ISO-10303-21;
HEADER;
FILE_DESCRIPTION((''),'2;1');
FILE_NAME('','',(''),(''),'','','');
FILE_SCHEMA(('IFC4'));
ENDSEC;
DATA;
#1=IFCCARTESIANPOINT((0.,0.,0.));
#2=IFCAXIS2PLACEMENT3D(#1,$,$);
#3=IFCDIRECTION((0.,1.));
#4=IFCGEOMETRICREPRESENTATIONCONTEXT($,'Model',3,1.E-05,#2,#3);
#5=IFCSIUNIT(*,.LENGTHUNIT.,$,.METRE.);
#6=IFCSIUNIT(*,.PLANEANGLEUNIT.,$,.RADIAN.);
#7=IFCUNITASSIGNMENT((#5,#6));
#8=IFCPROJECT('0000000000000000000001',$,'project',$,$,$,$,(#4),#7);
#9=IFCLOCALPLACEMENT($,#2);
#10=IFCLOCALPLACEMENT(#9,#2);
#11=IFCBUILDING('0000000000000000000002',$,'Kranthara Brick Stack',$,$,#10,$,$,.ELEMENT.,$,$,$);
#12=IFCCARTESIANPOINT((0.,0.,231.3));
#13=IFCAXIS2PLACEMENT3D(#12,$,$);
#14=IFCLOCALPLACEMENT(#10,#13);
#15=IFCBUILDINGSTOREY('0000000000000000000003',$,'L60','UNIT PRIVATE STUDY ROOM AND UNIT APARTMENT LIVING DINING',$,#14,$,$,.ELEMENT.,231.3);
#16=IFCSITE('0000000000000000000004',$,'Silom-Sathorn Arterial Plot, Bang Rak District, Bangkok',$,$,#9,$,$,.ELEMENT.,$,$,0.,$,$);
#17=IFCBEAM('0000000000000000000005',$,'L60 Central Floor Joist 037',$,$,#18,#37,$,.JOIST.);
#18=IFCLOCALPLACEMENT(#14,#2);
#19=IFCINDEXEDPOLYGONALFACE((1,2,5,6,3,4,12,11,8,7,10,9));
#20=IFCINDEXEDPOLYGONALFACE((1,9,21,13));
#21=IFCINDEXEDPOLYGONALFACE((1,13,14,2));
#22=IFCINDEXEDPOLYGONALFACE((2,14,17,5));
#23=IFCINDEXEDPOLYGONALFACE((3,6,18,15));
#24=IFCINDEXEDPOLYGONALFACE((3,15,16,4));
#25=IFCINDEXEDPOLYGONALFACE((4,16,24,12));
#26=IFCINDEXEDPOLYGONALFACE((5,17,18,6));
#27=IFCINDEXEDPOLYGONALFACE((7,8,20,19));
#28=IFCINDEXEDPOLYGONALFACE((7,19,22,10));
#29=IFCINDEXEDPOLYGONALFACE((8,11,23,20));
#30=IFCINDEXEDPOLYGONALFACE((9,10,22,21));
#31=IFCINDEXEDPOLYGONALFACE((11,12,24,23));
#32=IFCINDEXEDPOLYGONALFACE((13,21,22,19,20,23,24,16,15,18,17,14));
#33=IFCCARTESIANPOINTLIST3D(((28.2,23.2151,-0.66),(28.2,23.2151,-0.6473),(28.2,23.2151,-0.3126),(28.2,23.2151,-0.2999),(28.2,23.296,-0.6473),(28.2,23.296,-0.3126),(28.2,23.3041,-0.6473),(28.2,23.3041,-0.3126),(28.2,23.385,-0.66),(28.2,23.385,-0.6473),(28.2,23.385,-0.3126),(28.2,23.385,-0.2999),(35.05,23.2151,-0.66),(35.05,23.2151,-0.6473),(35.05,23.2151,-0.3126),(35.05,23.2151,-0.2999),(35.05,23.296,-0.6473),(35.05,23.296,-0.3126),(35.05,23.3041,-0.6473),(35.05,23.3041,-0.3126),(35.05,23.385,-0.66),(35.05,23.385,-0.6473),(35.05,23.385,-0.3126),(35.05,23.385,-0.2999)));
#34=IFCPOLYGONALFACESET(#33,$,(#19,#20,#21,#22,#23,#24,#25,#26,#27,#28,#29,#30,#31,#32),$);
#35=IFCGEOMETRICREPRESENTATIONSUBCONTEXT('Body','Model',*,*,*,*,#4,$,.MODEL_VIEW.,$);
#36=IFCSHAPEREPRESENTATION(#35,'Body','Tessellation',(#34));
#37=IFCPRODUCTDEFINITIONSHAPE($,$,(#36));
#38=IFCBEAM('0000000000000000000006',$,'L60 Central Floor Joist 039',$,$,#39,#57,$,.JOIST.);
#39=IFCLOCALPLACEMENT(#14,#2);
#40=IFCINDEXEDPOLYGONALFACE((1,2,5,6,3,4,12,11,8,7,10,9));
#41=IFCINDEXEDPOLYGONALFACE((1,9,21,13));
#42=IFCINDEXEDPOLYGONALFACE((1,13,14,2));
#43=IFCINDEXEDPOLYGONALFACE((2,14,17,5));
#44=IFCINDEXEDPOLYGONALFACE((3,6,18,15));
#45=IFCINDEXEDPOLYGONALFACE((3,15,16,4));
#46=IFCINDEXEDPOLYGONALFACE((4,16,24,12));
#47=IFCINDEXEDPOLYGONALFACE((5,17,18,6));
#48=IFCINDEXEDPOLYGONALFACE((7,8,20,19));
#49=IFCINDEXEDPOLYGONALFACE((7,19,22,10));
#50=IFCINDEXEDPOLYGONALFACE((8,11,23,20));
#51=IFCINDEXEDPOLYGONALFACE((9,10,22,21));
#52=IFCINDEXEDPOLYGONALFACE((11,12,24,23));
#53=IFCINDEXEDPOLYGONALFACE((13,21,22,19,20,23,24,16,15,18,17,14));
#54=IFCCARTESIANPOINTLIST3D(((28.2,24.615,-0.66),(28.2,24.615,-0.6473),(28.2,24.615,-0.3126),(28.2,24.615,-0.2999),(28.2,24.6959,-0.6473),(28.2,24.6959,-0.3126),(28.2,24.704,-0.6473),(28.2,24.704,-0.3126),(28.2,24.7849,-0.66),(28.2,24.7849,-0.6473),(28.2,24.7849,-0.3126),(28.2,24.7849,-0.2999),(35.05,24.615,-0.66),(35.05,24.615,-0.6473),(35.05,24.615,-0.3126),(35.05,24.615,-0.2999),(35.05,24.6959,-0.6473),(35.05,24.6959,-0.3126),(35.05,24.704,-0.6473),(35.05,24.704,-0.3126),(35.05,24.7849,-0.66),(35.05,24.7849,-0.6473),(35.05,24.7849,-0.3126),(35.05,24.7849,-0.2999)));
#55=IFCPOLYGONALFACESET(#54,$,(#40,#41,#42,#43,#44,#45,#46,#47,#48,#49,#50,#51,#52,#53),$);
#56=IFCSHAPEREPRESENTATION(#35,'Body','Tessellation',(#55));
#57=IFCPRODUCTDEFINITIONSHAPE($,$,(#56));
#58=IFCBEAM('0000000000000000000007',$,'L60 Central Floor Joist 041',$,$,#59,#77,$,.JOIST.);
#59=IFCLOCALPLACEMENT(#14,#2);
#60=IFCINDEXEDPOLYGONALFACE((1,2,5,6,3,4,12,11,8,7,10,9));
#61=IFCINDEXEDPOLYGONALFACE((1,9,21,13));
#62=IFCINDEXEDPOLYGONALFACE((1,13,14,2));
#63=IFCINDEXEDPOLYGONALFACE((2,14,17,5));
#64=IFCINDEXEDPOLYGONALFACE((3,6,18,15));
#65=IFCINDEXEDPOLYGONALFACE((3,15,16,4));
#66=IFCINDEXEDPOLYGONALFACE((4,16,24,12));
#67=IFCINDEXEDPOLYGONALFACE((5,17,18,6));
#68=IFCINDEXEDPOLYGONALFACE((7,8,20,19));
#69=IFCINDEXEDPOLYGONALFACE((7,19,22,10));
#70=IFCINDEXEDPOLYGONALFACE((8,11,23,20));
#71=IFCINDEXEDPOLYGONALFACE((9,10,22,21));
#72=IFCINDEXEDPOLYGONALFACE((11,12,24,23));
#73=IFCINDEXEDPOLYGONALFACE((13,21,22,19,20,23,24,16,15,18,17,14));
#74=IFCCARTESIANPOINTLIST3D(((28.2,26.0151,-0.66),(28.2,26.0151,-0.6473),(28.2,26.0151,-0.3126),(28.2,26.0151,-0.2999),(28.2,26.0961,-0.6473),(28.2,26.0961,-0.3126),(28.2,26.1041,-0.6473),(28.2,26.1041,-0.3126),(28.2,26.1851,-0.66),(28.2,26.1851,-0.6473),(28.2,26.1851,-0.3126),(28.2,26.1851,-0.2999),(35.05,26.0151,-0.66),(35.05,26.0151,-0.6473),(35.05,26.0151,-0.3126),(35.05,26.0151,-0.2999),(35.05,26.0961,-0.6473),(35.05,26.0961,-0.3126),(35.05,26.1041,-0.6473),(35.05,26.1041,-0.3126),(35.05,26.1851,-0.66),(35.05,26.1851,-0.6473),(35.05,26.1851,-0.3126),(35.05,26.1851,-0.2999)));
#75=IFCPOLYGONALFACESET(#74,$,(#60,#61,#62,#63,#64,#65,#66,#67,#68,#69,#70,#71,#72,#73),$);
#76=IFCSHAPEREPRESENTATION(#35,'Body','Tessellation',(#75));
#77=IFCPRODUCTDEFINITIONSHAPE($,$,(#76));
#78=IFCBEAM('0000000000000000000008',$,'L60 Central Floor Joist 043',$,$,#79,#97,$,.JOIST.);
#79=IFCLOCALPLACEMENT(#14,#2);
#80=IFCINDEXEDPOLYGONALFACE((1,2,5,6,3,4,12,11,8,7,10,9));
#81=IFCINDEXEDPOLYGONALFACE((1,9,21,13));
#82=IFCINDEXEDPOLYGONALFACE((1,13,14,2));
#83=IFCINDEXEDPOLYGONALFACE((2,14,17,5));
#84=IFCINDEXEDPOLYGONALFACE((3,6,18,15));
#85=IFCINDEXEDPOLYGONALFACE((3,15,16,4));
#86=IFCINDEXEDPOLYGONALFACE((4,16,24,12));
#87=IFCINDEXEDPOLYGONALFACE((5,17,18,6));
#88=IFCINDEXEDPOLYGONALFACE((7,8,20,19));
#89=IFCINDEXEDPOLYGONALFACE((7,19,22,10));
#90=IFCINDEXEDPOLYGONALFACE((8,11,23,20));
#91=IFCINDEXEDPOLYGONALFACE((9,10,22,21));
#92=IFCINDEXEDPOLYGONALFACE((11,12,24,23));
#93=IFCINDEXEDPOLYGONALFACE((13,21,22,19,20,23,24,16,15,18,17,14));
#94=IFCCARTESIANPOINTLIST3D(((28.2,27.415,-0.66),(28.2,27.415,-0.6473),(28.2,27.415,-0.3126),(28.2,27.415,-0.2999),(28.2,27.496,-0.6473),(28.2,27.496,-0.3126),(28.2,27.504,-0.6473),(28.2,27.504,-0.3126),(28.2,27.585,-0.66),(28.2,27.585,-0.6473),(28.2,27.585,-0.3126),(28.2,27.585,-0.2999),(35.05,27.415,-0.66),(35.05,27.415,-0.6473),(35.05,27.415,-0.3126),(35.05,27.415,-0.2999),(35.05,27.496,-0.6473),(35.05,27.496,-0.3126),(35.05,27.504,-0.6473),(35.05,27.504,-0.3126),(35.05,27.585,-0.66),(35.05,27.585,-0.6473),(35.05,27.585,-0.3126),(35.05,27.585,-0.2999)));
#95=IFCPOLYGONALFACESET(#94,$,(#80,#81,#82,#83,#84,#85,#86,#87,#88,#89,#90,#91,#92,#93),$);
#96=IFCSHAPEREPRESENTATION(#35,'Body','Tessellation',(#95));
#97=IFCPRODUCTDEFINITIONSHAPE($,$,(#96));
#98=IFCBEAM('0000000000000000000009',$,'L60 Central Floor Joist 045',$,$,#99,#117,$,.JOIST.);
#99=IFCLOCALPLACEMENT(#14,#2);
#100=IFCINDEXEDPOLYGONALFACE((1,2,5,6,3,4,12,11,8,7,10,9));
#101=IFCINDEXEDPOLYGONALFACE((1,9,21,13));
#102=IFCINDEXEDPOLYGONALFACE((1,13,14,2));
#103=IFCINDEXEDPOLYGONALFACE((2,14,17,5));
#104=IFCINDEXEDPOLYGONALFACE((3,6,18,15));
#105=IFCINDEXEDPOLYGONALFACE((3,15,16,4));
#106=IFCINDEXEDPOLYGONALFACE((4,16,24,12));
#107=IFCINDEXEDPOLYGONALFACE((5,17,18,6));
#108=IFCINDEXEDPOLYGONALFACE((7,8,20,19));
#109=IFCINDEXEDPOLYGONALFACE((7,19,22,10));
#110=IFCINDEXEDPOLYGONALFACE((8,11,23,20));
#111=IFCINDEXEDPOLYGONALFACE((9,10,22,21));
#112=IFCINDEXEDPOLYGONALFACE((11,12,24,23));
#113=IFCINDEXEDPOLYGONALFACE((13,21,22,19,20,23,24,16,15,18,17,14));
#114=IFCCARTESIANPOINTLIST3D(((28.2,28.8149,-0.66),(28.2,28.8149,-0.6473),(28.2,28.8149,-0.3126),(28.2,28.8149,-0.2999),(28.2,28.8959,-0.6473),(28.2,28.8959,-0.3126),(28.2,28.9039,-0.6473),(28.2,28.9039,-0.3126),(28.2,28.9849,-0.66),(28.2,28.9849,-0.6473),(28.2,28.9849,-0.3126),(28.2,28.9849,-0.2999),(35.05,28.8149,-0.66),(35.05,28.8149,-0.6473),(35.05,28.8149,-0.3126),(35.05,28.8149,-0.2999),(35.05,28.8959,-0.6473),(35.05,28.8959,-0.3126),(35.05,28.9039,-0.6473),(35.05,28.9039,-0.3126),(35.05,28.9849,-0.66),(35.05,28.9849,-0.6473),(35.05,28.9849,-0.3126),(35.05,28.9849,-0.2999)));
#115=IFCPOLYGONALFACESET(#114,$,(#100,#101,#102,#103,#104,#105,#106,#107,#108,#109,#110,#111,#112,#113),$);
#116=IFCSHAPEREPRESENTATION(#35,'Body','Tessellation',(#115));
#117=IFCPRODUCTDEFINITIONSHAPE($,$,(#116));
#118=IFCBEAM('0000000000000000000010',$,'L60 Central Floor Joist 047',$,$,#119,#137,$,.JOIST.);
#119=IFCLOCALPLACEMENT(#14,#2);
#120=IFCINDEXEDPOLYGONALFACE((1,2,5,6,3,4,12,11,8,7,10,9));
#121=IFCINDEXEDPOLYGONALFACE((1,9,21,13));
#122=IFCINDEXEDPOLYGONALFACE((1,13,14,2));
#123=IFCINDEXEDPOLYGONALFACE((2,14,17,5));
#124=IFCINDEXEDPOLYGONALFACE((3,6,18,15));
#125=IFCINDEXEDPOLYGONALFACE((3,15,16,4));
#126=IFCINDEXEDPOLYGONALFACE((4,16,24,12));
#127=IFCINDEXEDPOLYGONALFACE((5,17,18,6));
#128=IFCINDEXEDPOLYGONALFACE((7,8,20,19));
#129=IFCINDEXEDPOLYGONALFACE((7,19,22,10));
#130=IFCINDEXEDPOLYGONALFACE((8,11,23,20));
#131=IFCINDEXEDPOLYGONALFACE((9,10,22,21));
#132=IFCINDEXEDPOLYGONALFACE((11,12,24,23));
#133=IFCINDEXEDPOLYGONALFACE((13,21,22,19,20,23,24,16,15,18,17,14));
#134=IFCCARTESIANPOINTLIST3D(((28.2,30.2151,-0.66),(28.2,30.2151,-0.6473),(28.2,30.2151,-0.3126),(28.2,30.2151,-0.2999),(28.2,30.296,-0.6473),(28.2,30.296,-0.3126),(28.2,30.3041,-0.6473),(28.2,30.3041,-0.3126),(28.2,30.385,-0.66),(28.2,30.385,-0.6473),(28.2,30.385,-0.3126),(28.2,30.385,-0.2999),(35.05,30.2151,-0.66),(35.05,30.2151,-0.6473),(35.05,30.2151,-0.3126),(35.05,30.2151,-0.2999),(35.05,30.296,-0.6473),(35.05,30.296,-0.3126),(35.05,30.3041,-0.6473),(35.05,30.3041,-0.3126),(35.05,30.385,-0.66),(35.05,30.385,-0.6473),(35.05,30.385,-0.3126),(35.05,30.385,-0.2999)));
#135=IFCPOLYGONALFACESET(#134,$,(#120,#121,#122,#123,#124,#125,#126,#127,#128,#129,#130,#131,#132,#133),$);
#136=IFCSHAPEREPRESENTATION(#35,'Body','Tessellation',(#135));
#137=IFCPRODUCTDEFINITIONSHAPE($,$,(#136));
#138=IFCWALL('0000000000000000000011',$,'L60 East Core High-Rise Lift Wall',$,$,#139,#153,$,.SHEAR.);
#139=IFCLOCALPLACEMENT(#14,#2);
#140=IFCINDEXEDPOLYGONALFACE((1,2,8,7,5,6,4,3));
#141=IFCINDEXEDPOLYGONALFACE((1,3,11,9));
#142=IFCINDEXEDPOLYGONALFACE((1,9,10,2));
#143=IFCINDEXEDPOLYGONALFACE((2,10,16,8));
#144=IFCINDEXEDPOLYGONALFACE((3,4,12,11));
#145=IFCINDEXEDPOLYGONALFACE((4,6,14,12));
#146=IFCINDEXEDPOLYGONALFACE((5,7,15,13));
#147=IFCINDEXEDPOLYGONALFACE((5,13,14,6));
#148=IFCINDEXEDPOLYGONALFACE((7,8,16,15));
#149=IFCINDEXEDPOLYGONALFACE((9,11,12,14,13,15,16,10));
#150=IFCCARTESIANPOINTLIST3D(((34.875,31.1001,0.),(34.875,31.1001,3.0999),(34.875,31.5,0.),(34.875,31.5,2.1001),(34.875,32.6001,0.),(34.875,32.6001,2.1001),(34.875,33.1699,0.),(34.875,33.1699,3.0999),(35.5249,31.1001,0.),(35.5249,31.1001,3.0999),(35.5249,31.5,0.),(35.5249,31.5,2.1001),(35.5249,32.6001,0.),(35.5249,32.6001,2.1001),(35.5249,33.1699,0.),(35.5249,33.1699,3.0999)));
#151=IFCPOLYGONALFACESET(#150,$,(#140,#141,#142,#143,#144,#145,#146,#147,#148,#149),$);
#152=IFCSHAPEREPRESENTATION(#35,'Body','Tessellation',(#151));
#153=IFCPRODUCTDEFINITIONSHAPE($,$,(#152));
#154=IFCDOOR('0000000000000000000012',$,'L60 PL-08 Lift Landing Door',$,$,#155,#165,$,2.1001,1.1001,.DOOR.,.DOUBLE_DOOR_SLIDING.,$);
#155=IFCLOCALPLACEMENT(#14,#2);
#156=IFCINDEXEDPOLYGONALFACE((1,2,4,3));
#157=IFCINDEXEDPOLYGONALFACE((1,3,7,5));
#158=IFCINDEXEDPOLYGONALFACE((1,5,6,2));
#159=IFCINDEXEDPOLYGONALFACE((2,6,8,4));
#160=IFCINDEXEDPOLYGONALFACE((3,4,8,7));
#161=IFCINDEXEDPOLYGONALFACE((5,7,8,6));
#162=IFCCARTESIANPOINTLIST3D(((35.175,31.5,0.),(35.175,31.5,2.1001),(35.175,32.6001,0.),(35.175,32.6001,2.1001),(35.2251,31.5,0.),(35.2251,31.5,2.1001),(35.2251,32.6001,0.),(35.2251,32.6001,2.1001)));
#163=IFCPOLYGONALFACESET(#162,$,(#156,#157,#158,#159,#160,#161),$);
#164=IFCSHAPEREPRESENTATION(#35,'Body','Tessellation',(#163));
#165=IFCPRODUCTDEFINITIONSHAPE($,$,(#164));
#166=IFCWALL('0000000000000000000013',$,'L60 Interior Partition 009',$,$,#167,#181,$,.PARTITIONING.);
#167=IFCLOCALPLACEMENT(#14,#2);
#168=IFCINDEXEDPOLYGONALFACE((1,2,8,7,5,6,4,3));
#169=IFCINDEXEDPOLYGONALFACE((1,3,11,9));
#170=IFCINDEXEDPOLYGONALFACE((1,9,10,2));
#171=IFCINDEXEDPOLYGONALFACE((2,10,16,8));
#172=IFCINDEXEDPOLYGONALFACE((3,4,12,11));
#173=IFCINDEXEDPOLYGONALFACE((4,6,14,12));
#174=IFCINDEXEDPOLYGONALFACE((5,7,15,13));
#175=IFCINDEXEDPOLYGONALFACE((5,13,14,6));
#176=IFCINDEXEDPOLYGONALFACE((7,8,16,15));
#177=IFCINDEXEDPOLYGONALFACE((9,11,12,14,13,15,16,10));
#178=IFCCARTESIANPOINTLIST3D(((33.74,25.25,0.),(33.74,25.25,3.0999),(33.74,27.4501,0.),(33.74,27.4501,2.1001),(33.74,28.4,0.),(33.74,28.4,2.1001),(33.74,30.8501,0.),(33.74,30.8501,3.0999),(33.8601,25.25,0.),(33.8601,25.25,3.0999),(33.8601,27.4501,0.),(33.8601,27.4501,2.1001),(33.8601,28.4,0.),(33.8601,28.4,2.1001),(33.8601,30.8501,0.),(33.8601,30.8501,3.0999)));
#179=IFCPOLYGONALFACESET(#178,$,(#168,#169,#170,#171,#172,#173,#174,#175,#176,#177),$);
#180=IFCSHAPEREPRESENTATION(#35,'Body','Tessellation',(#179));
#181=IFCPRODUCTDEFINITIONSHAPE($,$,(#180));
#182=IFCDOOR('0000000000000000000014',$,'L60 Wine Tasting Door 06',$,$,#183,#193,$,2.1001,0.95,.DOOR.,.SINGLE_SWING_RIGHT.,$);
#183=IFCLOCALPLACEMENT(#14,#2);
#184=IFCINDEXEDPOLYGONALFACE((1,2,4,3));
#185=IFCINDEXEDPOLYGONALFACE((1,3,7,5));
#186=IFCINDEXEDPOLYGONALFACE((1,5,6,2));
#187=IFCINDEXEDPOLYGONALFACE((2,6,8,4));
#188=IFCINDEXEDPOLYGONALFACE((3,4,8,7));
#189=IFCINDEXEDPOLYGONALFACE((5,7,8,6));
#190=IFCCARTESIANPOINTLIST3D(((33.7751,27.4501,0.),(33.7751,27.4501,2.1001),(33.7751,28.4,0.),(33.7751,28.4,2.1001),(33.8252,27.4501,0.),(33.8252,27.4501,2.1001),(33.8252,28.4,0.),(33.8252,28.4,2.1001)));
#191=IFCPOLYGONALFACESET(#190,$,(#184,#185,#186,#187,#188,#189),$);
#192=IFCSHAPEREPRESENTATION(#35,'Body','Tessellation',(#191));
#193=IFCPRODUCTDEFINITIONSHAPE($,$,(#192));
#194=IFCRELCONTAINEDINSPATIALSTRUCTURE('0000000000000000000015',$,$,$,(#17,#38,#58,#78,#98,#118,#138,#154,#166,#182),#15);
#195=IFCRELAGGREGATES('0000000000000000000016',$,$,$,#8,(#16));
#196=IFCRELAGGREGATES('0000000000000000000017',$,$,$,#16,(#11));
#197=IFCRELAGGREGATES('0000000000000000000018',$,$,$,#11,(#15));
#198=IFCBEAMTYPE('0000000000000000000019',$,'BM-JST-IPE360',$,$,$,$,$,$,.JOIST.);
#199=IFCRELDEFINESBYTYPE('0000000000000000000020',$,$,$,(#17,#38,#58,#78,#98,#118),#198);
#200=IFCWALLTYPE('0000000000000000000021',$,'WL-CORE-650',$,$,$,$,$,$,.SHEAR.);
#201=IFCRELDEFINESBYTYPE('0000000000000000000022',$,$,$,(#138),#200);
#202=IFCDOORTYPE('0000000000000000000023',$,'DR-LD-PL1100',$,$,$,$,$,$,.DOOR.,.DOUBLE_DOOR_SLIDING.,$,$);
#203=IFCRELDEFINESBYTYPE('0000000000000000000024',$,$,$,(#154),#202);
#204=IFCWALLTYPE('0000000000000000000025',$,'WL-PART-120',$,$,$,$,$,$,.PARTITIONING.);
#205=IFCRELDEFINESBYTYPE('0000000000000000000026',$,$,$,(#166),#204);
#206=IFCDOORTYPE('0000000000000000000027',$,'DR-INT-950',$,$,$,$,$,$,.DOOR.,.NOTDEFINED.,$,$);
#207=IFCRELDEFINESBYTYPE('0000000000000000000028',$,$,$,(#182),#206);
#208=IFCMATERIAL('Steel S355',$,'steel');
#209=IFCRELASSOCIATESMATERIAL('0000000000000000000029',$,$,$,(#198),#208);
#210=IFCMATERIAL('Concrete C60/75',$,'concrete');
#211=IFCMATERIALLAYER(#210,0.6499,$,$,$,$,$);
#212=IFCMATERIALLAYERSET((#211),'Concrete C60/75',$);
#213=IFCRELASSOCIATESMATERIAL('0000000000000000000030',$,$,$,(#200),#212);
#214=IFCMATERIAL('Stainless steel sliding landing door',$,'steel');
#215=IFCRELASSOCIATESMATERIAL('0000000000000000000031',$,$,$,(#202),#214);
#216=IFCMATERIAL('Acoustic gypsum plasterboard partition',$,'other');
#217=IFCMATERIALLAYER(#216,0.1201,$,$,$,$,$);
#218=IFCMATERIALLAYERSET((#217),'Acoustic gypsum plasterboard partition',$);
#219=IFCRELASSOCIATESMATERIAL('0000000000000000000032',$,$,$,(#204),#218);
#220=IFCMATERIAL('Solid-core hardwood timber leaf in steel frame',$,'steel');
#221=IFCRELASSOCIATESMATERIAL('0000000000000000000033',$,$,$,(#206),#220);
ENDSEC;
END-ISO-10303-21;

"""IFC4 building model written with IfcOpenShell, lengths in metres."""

from ifc_helpers import new_model, si_unit, direction, frame, frame_2d, origin, origin_2d, place, context, subcontext, project, spatial, rectangle, i_section, extrude, material, layer, layer_set, material_profile, profile_set, type_object, element, fill, save


model = new_model("IFC4")

# Units and contexts
model_context = context("Model", 3, precision=1e-05, world=origin(), true_north=direction((0.0, 1.0)))
body_context = subcontext(model_context, "Body", "Model", "MODEL_VIEW")
ifc_project = project(units=[si_unit("LENGTHUNIT", "METRE"), si_unit("PLANEANGLEUNIT", "RADIAN")], contexts=[model_context])

# Site, building, storey
site_placement = place(None, origin())
site = spatial("IfcSite", under=ifc_project, at=site_placement, Name="Silom-Sathorn Arterial Plot, Bang Rak District, Bangkok", CompositionType="ELEMENT", RefElevation=0.0)
building_placement = place(site_placement, origin())
building = spatial("IfcBuilding", under=site, at=building_placement, Name="Kranthara Brick Stack", CompositionType="ELEMENT")
storey_placement = place(building_placement, frame((0.0, 0.0, 231.3)))
storey = spatial("IfcBuildingStorey", under=building, at=storey_placement, Name="L60", Description="UNIT PRIVATE STUDY ROOM AND UNIT APARTMENT LIVING DINING", CompositionType="ELEMENT", Elevation=231.3)

# Beams
ifc_material_1 = material(Name="Steel S355", Category="steel")
ifc_material_profile = material_profile(ifc_material_1, i_section(OverallWidth=0.1699, OverallDepth=0.3601, WebThickness=0.0081, FlangeThickness=0.0127, at=origin_2d()), Name="IPE 360")
ifc_profile_set = profile_set([ifc_material_profile], Name="Steel S355")
beam_type = type_object("IfcBeamType", Name="BM-JST-IPE360", PredefinedType="JOIST", material=ifc_profile_set)
for number, where, z_axis, x_axis, name in (
    (1, (28.2, 23.3, -0.48), (1.0, 0.0, 0.0), (0.0, 1.0, 0.0), "L60 Central Floor Joist 037"),
    (2, (28.2, 24.7, -0.48), (1.0, 0.0, 0.0), (0.0, 1.0, 0.0), "L60 Central Floor Joist 039"),
    (3, (28.2, 26.1001, -0.48), (1.0, 0.0, 0.0), (0.0, 1.0, 0.0), "L60 Central Floor Joist 041"),
    (4, (28.2, 27.5, -0.48), (1.0, 0.0, 0.0), (0.0, 1.0, 0.0), "L60 Central Floor Joist 043"),
    (5, (28.2, 28.8999, -0.48), (1.0, 0.0, 0.0), (0.0, 1.0, 0.0), "L60 Central Floor Joist 045"),
    (6, (28.2, 30.3, -0.48), (1.0, 0.0, 0.0), (0.0, 1.0, 0.0), "L60 Central Floor Joist 047"),
):
    element("IfcBeam", number, at=place(storey_placement, frame(where, z_axis=z_axis, x_axis=x_axis)), inside=storey, type_object=beam_type, Name=name, PredefinedType="JOIST", context=body_context, shape_type="SweptSolid", body=[
        extrude(i_section(OverallWidth=0.1699, OverallDepth=0.3601, WebThickness=0.0081, FlangeThickness=0.0127, at=origin_2d()), origin(), (0.0, 0.0, 1.0), 6.8501),
    ])

# Walls, openings, doors
ifc_material_2 = material(Name="Concrete C60/75", Category="concrete")
ifc_layer_1 = layer(ifc_material_2, 0.6499)
ifc_layer_set_1 = layer_set([ifc_layer_1], Name="Concrete C60/75")
wall_type_1 = type_object("IfcWallType", Name="WL-CORE-650", PredefinedType="SHEAR", material=ifc_layer_set_1)
wall_1_placement = place(storey_placement, frame((35.2, 31.1001, 0.0), z_axis=(0.0, 0.0, 1.0), x_axis=(0.0, 1.0, 0.0)))
wall_1 = element("IfcWall", 7, at=wall_1_placement, inside=storey, type_object=wall_type_1, Name="L60 East Core High-Rise Lift Wall", PredefinedType="SHEAR", context=body_context, shape_type="SweptSolid", body=[
    extrude(rectangle(XDim=2.0698, YDim=0.6499, at=frame_2d((1.0349, 0.0))), origin(), (0.0, 0.0, 1.0), 3.0999),
])
opening_1_placement = place(wall_1_placement, frame((0.3999, 0.0, 0.0)))
opening_1 = element("IfcOpeningElement", 8, at=opening_1_placement, cuts=wall_1, PredefinedType="OPENING", context=body_context, shape_type="SweptSolid", body=[
    extrude(rectangle(XDim=1.1001, YDim=2.1001, at=frame_2d((0.55, 1.05))), frame((0.0, 0.335, 0.0), z_axis=(0.0, -1.0, 0.0), x_axis=(1.0, 0.0, 0.0)), (0.0, 0.0, 1.0), 0.6699),
])
ifc_material_3 = material(Name="Stainless steel sliding landing door", Category="steel")
door_type_1 = type_object("IfcDoorType", Name="DR-LD-PL1100", OperationType="DOUBLE_DOOR_SLIDING", PredefinedType="DOOR", material=ifc_material_3)
door_1_placement = place(opening_1_placement, origin())
door_1 = element("IfcDoor", 9, at=door_1_placement, inside=storey, type_object=door_type_1, Name="L60 PL-08 Lift Landing Door", OperationType="DOUBLE_DOOR_SLIDING", OverallHeight=2.1001, OverallWidth=1.1001, PredefinedType="DOOR", context=body_context, shape_type="SweptSolid", body=[
    extrude(rectangle(XDim=1.1001, YDim=2.1001, at=frame_2d((0.55, 1.05))), frame((0.0, 0.0249, 0.0), z_axis=(0.0, -1.0, 0.0), x_axis=(1.0, 0.0, 0.0)), (0.0, 0.0, 1.0), 0.05),
])
fill(opening_1, door_1)
ifc_material_4 = material(Name="Acoustic gypsum plasterboard partition", Category="other")
ifc_layer_2 = layer(ifc_material_4, 0.1201)
ifc_layer_set_2 = layer_set([ifc_layer_2], Name="Acoustic gypsum plasterboard partition")
wall_type_2 = type_object("IfcWallType", Name="WL-PART-120", PredefinedType="PARTITIONING", material=ifc_layer_set_2)
wall_2_placement = place(storey_placement, frame((33.8, 25.25, 0.0), z_axis=(0.0, 0.0, 1.0), x_axis=(0.0, 1.0, 0.0)))
wall_2 = element("IfcWall", 10, at=wall_2_placement, inside=storey, type_object=wall_type_2, Name="L60 Interior Partition 009", PredefinedType="PARTITIONING", context=body_context, shape_type="SweptSolid", body=[
    extrude(rectangle(XDim=5.6001, YDim=0.1201, at=frame_2d((2.8, 0.0))), origin(), (0.0, 0.0, 1.0), 3.0999),
])
opening_2_placement = place(wall_2_placement, frame((2.2, 0.0, 0.0)))
opening_2 = element("IfcOpeningElement", 11, at=opening_2_placement, cuts=wall_2, PredefinedType="OPENING", context=body_context, shape_type="SweptSolid", body=[
    extrude(rectangle(XDim=0.95, YDim=2.1001, at=frame_2d((0.4751, 1.05))), frame((0.0, 0.0701, 0.0), z_axis=(0.0, -1.0, 0.0), x_axis=(1.0, 0.0, 0.0)), (0.0, 0.0, 1.0), 0.1401),
])
ifc_material_5 = material(Name="Solid-core hardwood timber leaf in steel frame", Category="steel")
door_type_2 = type_object("IfcDoorType", Name="DR-INT-950", OperationType="NOTDEFINED", PredefinedType="DOOR", material=ifc_material_5)
door_2_placement = place(opening_2_placement, origin())
door_2 = element("IfcDoor", 12, at=door_2_placement, inside=storey, type_object=door_type_2, Name="L60 Wine Tasting Door 06", OperationType="SINGLE_SWING_RIGHT", OverallHeight=2.1001, OverallWidth=0.95, PredefinedType="DOOR", context=body_context, shape_type="SweptSolid", body=[
    extrude(rectangle(XDim=0.95, YDim=2.1001, at=frame_2d((0.4751, 1.05))), frame((0.0, 0.0249, 0.0), z_axis=(0.0, -1.0, 0.0), x_axis=(1.0, 0.0, 0.0)), (0.0, 0.0, 1.0), 0.05),
])
fill(opening_2, door_2)

save(model, "model.ifc")
